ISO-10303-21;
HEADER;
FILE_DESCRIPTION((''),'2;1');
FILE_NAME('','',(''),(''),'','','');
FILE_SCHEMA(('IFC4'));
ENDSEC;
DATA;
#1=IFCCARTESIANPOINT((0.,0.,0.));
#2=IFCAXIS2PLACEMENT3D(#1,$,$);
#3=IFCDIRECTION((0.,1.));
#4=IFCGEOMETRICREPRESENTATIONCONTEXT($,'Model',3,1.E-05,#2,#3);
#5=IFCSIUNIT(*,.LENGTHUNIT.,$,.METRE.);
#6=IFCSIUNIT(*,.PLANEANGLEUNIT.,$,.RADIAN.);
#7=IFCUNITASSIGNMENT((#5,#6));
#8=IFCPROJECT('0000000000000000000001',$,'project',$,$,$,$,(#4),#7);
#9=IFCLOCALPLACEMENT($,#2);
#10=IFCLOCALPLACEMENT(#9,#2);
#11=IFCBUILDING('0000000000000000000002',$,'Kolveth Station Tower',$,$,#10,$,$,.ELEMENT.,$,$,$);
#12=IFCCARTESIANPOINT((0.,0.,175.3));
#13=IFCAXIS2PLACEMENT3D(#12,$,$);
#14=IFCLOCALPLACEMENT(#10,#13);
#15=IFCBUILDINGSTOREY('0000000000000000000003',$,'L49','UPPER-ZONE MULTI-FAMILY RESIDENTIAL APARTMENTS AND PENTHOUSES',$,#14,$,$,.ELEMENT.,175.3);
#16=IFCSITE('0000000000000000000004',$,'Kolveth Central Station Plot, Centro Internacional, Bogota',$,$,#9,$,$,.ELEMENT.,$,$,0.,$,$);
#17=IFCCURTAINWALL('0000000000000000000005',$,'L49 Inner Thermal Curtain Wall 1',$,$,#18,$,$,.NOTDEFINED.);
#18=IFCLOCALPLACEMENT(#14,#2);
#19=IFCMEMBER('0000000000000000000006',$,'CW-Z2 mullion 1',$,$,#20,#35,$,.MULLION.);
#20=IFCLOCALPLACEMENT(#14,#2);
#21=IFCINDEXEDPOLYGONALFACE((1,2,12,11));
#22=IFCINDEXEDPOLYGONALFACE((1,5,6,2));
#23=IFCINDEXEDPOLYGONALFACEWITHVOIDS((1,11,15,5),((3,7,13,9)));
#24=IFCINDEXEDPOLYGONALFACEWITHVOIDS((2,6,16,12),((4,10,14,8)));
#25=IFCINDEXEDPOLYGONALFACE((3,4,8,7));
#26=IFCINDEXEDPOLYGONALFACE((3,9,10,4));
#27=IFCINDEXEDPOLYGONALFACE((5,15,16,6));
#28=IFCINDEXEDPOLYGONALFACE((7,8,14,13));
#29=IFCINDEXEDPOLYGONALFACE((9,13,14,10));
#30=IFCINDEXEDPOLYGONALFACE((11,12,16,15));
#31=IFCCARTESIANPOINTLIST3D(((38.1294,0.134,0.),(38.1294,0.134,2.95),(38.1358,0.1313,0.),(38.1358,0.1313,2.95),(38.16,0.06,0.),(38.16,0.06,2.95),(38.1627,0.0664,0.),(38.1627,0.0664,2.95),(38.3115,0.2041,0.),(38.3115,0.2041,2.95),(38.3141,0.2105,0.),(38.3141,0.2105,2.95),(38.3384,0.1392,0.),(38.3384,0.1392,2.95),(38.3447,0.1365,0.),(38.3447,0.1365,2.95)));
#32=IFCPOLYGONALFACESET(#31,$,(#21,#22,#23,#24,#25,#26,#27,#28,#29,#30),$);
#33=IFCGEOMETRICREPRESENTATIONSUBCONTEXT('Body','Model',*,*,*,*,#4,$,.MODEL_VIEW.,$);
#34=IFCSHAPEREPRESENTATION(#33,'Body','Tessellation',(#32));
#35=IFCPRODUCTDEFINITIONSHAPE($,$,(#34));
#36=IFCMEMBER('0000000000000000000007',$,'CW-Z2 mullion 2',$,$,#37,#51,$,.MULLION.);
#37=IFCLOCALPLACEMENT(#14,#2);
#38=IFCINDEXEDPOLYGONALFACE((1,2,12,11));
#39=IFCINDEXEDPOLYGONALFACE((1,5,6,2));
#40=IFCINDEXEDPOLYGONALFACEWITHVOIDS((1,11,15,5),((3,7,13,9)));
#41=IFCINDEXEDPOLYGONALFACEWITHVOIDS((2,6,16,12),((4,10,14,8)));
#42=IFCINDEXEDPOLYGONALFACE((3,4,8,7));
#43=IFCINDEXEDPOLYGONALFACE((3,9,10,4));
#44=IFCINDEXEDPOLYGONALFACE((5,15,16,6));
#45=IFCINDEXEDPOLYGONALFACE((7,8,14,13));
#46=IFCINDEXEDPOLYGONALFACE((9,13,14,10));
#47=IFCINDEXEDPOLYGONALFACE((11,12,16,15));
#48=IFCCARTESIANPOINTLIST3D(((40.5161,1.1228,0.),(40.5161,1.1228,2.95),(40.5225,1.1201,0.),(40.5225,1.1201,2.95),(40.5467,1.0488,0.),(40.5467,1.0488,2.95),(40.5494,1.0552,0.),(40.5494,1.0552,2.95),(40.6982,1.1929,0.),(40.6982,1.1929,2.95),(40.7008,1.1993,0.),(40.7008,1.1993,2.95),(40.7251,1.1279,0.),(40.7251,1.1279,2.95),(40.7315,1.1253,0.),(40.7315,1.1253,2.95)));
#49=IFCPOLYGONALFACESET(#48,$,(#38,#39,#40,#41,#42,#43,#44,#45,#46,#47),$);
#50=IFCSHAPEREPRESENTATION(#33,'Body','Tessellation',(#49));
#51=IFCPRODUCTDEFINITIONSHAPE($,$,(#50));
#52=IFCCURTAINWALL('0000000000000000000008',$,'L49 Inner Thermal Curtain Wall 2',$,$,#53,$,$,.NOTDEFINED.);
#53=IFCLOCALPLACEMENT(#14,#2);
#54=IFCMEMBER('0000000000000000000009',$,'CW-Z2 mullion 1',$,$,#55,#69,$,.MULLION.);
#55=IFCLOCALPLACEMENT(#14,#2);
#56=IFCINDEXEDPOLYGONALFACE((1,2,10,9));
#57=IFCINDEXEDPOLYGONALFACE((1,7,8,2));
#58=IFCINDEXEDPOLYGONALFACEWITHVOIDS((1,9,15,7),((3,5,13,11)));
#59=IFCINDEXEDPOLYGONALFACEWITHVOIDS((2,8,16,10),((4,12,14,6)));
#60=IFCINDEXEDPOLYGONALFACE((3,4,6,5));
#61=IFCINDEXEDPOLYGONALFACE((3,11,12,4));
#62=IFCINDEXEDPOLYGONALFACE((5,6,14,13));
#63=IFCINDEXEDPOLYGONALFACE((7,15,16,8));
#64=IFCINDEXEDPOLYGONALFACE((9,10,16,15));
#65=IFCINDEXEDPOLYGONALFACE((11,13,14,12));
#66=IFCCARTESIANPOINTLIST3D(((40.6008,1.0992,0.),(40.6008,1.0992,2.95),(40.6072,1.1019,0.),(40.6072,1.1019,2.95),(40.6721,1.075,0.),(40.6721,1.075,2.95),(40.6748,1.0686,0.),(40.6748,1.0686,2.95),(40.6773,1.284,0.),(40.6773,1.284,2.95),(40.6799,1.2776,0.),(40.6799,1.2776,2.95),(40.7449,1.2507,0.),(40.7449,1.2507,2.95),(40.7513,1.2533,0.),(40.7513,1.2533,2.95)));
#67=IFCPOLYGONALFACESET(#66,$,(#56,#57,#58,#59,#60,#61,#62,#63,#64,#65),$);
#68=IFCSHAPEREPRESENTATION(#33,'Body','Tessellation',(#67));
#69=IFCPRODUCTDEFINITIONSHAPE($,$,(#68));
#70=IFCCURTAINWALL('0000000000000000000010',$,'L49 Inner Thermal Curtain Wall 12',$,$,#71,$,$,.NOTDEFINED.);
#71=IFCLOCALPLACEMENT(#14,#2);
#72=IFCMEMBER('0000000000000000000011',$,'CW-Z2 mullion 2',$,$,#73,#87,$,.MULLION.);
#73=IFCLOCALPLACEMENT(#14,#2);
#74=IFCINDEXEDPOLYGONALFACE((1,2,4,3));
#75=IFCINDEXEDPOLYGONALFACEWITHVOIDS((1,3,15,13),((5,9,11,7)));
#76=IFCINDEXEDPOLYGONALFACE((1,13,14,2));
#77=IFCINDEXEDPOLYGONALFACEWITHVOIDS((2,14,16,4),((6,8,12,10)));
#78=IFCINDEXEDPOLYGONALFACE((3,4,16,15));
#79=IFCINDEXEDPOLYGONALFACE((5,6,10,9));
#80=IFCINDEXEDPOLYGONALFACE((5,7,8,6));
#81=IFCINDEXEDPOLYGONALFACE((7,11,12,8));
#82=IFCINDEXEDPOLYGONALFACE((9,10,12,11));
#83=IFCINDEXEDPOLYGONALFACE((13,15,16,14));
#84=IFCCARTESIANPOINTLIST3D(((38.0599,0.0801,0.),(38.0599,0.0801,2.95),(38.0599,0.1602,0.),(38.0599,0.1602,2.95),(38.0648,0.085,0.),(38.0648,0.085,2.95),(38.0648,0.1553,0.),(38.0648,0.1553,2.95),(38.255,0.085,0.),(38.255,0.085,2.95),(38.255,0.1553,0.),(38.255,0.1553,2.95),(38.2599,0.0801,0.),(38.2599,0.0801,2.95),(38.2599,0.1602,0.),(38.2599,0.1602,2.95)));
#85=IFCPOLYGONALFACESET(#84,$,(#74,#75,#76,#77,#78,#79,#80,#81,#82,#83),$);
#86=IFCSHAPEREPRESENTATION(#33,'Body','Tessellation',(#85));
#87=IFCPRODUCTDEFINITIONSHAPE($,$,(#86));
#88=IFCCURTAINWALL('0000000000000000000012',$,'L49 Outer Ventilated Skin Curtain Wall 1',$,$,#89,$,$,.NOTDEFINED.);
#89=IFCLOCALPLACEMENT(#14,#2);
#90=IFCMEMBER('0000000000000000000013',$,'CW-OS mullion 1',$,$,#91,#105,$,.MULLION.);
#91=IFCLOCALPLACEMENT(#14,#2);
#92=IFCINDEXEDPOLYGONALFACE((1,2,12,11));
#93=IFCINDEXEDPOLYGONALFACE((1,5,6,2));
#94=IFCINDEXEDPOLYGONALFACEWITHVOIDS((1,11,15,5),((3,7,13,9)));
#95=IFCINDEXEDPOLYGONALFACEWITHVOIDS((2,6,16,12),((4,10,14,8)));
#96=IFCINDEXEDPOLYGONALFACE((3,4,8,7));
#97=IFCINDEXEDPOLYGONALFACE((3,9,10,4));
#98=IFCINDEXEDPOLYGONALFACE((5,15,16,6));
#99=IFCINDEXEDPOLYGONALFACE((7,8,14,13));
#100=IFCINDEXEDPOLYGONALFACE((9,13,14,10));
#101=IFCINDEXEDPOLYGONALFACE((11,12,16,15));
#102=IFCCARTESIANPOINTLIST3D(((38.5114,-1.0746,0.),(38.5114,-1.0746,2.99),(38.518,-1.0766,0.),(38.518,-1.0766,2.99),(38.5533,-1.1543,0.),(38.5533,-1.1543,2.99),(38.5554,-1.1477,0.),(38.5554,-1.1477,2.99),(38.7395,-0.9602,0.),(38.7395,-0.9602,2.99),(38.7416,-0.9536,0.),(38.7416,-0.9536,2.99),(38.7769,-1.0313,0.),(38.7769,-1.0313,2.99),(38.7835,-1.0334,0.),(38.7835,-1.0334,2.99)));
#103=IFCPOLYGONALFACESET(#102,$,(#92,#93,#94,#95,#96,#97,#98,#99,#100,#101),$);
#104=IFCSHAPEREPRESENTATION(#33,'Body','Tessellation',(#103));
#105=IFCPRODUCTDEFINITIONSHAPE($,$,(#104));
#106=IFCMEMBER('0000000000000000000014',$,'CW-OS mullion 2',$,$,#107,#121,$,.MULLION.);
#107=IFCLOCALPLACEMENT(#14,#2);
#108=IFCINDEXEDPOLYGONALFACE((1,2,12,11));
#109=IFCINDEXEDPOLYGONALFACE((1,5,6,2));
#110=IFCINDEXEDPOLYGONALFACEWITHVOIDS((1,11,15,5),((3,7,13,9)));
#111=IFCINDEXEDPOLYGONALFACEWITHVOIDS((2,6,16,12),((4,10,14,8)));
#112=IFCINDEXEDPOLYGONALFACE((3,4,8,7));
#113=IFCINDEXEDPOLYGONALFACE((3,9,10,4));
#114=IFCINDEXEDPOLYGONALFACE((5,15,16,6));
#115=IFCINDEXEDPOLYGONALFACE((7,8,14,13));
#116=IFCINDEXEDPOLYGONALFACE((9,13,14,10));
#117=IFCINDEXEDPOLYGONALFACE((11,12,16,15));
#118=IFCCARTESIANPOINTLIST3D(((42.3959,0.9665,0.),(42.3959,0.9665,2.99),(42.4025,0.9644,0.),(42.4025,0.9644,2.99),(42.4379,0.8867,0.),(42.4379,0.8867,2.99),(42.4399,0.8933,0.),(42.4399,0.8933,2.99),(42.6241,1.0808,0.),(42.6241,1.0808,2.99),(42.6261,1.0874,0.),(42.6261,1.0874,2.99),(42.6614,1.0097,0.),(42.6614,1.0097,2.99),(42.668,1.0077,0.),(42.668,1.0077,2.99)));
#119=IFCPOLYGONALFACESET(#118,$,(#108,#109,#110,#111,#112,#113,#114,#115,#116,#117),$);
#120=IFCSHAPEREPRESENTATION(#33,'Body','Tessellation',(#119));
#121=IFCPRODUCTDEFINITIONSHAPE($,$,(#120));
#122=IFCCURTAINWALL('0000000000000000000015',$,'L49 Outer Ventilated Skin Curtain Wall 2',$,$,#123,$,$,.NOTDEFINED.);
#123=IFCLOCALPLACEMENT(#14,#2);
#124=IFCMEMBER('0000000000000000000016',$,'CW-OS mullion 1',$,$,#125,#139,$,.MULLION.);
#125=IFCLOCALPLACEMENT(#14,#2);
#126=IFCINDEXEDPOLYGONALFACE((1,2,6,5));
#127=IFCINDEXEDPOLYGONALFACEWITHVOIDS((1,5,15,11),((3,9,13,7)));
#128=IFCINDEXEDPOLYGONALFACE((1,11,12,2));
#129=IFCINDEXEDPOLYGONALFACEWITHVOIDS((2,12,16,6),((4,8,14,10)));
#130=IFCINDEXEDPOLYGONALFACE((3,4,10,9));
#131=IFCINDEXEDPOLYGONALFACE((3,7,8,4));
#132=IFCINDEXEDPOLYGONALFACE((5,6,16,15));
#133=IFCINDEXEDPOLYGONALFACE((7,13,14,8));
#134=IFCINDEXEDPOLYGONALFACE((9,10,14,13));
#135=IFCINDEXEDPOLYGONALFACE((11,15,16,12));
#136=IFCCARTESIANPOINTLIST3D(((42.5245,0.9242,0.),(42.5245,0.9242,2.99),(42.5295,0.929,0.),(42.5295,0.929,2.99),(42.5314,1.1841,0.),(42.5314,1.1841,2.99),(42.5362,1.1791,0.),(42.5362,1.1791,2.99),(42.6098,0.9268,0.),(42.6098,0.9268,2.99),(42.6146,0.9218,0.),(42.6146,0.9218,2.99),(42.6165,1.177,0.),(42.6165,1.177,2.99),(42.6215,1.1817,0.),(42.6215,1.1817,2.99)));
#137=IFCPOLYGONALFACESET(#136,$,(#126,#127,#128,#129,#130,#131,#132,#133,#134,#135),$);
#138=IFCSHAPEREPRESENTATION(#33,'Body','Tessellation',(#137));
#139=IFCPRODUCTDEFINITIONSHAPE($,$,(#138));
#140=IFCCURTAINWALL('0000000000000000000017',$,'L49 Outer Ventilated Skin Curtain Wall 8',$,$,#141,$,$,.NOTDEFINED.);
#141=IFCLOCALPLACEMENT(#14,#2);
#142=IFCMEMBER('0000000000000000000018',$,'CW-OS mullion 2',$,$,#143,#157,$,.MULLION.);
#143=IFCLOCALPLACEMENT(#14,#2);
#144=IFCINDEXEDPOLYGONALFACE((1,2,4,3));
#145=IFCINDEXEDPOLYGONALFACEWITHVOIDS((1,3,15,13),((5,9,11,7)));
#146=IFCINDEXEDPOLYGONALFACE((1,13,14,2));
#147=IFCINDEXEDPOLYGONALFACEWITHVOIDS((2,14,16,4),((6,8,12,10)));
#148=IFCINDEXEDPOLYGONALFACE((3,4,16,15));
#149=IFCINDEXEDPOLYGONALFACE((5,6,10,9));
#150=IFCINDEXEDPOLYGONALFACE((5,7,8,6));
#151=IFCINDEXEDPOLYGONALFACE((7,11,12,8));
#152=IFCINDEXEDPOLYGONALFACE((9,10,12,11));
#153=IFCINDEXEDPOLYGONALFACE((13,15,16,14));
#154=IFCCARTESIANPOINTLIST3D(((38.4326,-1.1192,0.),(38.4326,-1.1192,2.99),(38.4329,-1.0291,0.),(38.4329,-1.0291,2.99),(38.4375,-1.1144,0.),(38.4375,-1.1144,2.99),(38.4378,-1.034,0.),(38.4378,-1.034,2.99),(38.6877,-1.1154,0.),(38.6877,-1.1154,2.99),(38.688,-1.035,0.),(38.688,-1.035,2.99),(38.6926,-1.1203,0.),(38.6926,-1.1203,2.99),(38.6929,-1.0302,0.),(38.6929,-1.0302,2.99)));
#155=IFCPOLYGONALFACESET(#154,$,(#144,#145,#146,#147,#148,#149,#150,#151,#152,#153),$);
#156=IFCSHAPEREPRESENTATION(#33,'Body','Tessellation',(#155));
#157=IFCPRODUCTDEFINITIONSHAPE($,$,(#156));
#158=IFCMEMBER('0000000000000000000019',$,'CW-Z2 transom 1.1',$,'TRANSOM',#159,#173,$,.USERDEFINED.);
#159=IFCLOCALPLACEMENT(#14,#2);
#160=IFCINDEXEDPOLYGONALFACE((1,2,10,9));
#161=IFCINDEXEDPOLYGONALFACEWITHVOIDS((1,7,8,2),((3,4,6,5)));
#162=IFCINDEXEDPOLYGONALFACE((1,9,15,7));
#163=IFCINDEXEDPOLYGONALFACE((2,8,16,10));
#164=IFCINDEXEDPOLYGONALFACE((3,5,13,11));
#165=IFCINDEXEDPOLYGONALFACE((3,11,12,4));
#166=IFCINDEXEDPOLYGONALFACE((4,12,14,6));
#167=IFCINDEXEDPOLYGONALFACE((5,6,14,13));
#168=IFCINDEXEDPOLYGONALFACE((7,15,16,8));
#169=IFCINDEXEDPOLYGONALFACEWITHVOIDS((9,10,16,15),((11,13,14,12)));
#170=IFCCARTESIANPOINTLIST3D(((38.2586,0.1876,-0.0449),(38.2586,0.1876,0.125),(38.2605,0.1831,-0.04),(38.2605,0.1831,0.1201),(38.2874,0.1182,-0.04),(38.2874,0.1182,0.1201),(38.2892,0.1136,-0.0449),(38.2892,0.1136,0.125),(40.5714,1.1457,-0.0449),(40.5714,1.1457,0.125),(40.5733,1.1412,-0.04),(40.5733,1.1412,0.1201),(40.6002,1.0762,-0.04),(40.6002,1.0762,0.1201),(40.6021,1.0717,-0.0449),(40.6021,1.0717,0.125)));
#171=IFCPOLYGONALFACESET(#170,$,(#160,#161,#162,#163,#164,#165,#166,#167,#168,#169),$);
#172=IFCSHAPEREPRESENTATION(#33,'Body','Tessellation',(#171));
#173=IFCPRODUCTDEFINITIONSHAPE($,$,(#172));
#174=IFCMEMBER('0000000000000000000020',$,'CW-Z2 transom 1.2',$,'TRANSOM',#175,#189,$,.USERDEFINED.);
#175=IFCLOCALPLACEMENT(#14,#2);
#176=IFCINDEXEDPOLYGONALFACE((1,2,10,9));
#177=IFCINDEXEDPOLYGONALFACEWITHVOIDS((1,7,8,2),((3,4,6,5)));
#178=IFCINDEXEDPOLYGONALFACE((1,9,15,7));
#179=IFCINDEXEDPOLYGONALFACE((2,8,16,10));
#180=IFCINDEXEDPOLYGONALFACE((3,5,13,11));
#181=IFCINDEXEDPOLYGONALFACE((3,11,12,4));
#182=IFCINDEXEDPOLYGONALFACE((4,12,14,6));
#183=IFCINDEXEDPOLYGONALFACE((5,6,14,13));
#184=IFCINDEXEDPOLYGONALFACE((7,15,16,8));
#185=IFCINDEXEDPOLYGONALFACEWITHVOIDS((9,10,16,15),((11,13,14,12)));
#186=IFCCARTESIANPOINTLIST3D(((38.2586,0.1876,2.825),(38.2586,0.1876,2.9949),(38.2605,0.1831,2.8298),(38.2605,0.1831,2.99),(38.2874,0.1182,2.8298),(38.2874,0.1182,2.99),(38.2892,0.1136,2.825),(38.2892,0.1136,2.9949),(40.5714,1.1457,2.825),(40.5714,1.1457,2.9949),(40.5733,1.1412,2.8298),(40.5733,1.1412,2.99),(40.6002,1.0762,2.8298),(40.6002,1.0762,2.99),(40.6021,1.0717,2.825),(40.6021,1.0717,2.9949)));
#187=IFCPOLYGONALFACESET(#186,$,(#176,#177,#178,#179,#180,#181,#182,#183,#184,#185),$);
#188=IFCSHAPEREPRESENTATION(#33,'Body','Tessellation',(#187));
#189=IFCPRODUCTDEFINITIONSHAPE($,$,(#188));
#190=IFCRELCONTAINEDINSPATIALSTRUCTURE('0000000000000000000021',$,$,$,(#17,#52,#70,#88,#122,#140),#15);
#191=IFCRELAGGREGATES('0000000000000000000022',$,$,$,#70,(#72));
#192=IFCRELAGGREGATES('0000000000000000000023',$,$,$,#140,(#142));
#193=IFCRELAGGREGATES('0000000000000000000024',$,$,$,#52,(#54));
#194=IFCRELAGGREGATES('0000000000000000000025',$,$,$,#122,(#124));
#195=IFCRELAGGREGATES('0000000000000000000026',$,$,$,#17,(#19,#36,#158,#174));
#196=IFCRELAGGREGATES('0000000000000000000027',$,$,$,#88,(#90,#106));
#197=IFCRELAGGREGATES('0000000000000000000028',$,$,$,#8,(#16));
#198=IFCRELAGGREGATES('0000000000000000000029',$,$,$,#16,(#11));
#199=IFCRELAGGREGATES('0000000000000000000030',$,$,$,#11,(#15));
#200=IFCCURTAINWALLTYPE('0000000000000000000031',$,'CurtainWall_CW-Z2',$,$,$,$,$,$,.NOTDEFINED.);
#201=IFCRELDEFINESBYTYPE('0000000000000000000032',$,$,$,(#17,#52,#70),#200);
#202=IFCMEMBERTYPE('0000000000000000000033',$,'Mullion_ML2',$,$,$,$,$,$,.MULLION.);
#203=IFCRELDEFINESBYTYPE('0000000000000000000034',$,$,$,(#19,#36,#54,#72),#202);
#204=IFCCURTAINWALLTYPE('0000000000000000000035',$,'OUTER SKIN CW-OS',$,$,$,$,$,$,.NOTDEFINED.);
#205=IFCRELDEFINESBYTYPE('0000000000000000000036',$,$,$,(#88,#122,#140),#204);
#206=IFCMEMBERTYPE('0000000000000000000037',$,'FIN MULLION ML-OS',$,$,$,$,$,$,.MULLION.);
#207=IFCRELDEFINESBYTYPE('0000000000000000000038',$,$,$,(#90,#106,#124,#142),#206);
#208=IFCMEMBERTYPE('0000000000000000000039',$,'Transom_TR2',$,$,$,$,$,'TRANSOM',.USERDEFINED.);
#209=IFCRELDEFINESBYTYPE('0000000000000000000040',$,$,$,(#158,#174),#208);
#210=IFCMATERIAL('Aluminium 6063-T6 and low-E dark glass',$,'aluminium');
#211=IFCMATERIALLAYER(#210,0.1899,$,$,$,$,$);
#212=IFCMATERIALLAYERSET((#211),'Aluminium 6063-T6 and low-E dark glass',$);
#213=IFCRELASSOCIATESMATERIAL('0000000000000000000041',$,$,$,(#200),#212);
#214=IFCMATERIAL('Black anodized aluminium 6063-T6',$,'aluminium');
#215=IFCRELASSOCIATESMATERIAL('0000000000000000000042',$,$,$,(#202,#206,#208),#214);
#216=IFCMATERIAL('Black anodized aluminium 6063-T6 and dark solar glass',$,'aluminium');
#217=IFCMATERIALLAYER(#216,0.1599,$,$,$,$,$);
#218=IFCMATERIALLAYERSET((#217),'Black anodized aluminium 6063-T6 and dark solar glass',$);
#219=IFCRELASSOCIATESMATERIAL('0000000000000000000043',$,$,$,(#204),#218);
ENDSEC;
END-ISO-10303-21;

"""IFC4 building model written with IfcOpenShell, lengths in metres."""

from ifc_helpers import new_model, si_unit, direction, frame, origin, origin_2d, place, context, subcontext, project, spatial, hollow_rectangle, extrude, source, transform, mapped, material, layer, layer_set, material_profile, profile_set, type_object, element, aggregate, save


model = new_model("IFC4")

# Units and contexts
model_context = context("Model", 3, precision=1e-05, world=origin(), true_north=direction((0.0, 1.0)))
body_context = subcontext(model_context, "Body", "Model", "MODEL_VIEW")
ifc_project = project(units=[si_unit("LENGTHUNIT", "METRE"), si_unit("PLANEANGLEUNIT", "RADIAN")], contexts=[model_context])

# Site, building, storey
site_placement = place(None, origin())
site = spatial("IfcSite", under=ifc_project, at=site_placement, Name="Kolveth Central Station Plot, Centro Internacional, Bogota", CompositionType="ELEMENT", RefElevation=0.0)
building_placement = place(site_placement, origin())
building = spatial("IfcBuilding", under=site, at=building_placement, Name="Kolveth Station Tower", CompositionType="ELEMENT")
storey_placement = place(building_placement, frame((0.0, 0.0, 175.3)))
storey = spatial("IfcBuildingStorey", under=building, at=storey_placement, Name="L49", Description="UPPER-ZONE MULTI-FAMILY RESIDENTIAL APARTMENTS AND PENTHOUSES", CompositionType="ELEMENT", Elevation=175.3)

# Curtain wall, members
ifc_material_1 = material(Name="Aluminium 6063-T6 and low-E dark glass", Category="aluminium")
ifc_layer_1 = layer(ifc_material_1, 0.1899)
ifc_layer_set_1 = layer_set([ifc_layer_1], Name="Aluminium 6063-T6 and low-E dark glass")
curtain_wall_type_1 = type_object("IfcCurtainWallType", Name="CurtainWall_CW-Z2", PredefinedType="NOTDEFINED", material=ifc_layer_set_1)
curtain_wall_1_placement = place(storey_placement, origin())
curtain_wall_1 = element("IfcCurtainWall", 1, at=curtain_wall_1_placement, inside=storey, type_object=curtain_wall_type_1, Name="L49 Inner Thermal Curtain Wall 1", PredefinedType="NOTDEFINED")
ifc_material_2 = material(Name="Black anodized aluminium 6063-T6", Category="aluminium")
ifc_material_profile_1 = material_profile(ifc_material_2, hollow_rectangle(XDim=0.0801, YDim=0.2, WallThickness=0.0049, at=origin_2d()), Name="ALU-80x200x5")
ifc_profile_set_1 = profile_set([ifc_material_profile_1], Name="Black anodized aluminium 6063-T6")
member_type_1 = type_object("IfcMemberType", Name="Mullion_ML2", PredefinedType="MULLION", material=ifc_profile_set_1)
shared_shape_1 = source(origin(), body_context, "Body", "SweptSolid", [
    extrude(hollow_rectangle(XDim=0.0801, YDim=0.2, WallThickness=0.0049, at=origin_2d()), origin(), (0.0, 0.0, 1.0), 2.95),
])
member_1_placement = place(storey_placement, frame((38.2371, 0.1353, 0.0), z_axis=(0.0, 0.0, 1.0), x_axis=(-0.382698, 0.923874, 0.0)))
member_1 = element("IfcMember", 2, at=member_1_placement, type_object=member_type_1, Name="CW-Z2 mullion 1", PredefinedType="MULLION", context=body_context, shape_type="MappedRepresentation", body=[
    mapped(shared_shape_1, transform((0.0, 0.0, 0.0), x_axis=(1.0, 0.0, 0.0), y_axis=(0.0, 1.0, 0.0), z_axis=(0.0, 0.0, 1.0), scale=1.0)),
])
member_2_placement = place(storey_placement, frame((40.6238, 1.124, 0.0), z_axis=(0.0, 0.0, 1.0), x_axis=(-0.382698, 0.923874, 0.0)))
member_2 = element("IfcMember", 3, at=member_2_placement, type_object=member_type_1, Name="CW-Z2 mullion 2", PredefinedType="MULLION", context=body_context, shape_type="MappedRepresentation", body=[
    mapped(shared_shape_1, transform((0.0, 0.0, 0.0), x_axis=(1.0, 0.0, 0.0), y_axis=(0.0, 1.0, 0.0), z_axis=(0.0, 0.0, 1.0), scale=1.0)),
])

# Curtain walls, members
curtain_wall_2_placement = place(storey_placement, origin())
curtain_wall_2 = element("IfcCurtainWall", 4, at=curtain_wall_2_placement, inside=storey, type_object=curtain_wall_type_1, Name="L49 Inner Thermal Curtain Wall 2", PredefinedType="NOTDEFINED")
member_3_placement = place(storey_placement, frame((40.676, 1.1763, 0.0), z_axis=(0.0, 0.0, 1.0), x_axis=(-0.923874, 0.382698, 0.0)))
member_3 = element("IfcMember", 5, at=member_3_placement, type_object=member_type_1, Name="CW-Z2 mullion 1", PredefinedType="MULLION", context=body_context, shape_type="MappedRepresentation", body=[
    mapped(shared_shape_1, transform((0.0, 0.0, 0.0), x_axis=(1.0, 0.0, 0.0), y_axis=(0.0, 1.0, 0.0), z_axis=(0.0, 0.0, 1.0), scale=1.0)),
])
curtain_wall_3_placement = place(storey_placement, origin())
curtain_wall_3 = element("IfcCurtainWall", 6, at=curtain_wall_3_placement, inside=storey, type_object=curtain_wall_type_1, Name="L49 Inner Thermal Curtain Wall 12", PredefinedType="NOTDEFINED")
member_4_placement = place(storey_placement, frame((38.1599, 0.1201, 0.0), z_axis=(0.0, 0.0, 1.0), x_axis=(0.0, 1.0, 0.0)))
member_4 = element("IfcMember", 7, at=member_4_placement, type_object=member_type_1, Name="CW-Z2 mullion 2", PredefinedType="MULLION", context=body_context, shape_type="MappedRepresentation", body=[
    mapped(shared_shape_1, transform((0.0, 0.0, 0.0), x_axis=(1.0, 0.0, 0.0), y_axis=(0.0, 1.0, 0.0), z_axis=(0.0, 0.0, 1.0), scale=1.0)),
])
aggregate(curtain_wall_3, [member_4])

# Curtain wall, members
ifc_material_3 = material(Name="Black anodized aluminium 6063-T6 and dark solar glass", Category="aluminium")
ifc_layer_2 = layer(ifc_material_3, 0.1599)
ifc_layer_set_2 = layer_set([ifc_layer_2], Name="Black anodized aluminium 6063-T6 and dark solar glass")
curtain_wall_type_2 = type_object("IfcCurtainWallType", Name="OUTER SKIN CW-OS", PredefinedType="NOTDEFINED", material=ifc_layer_set_2)
curtain_wall_4_placement = place(storey_placement, origin())
curtain_wall_4 = element("IfcCurtainWall", 8, at=curtain_wall_4_placement, inside=storey, type_object=curtain_wall_type_2, Name="L49 Outer Ventilated Skin Curtain Wall 1", PredefinedType="NOTDEFINED")
ifc_material_profile_2 = material_profile(ifc_material_2, hollow_rectangle(XDim=0.0901, YDim=0.26, WallThickness=0.0049, at=origin_2d()), Name="ALU-90x260x5")
ifc_profile_set_2 = profile_set([ifc_material_profile_2], Name="Black anodized aluminium 6063-T6")
member_type_2 = type_object("IfcMemberType", Name="FIN MULLION ML-OS", PredefinedType="MULLION", material=ifc_profile_set_2)
shared_shape_2 = source(origin(), body_context, "Body", "SweptSolid", [
    extrude(hollow_rectangle(XDim=0.0901, YDim=0.26, WallThickness=0.0049, at=origin_2d()), origin(), (0.0, 0.0, 1.0), 2.99),
])
member_5_placement = place(storey_placement, frame((38.6475, -1.054, 0.0), z_axis=(0.0, 0.0, 1.0), x_axis=(-0.465149, 0.885232, 0.0)))
member_5 = element("IfcMember", 9, at=member_5_placement, type_object=member_type_2, Name="CW-OS mullion 1", PredefinedType="MULLION", context=body_context, shape_type="MappedRepresentation", body=[
    mapped(shared_shape_2, transform((0.0, 0.0, 0.0), x_axis=(1.0, 0.0, 0.0), y_axis=(0.0, 1.0, 0.0), z_axis=(0.0, 0.0, 1.0), scale=1.0)),
])
member_6_placement = place(storey_placement, frame((42.532, 0.9871, 0.0), z_axis=(0.0, 0.0, 1.0), x_axis=(-0.465149, 0.885232, 0.0)))
member_6 = element("IfcMember", 10, at=member_6_placement, type_object=member_type_2, Name="CW-OS mullion 2", PredefinedType="MULLION", context=body_context, shape_type="MappedRepresentation", body=[
    mapped(shared_shape_2, transform((0.0, 0.0, 0.0), x_axis=(1.0, 0.0, 0.0), y_axis=(0.0, 1.0, 0.0), z_axis=(0.0, 0.0, 1.0), scale=1.0)),
])

# Curtain walls, members
curtain_wall_5_placement = place(storey_placement, origin())
curtain_wall_5 = element("IfcCurtainWall", 11, at=curtain_wall_5_placement, inside=storey, type_object=curtain_wall_type_2, Name="L49 Outer Ventilated Skin Curtain Wall 2", PredefinedType="NOTDEFINED")
member_7_placement = place(storey_placement, frame((42.573, 1.053, 0.0), z_axis=(0.0, 0.0, 1.0), x_axis=(-0.999646, 0.026618, 0.0)))
member_7 = element("IfcMember", 12, at=member_7_placement, type_object=member_type_2, Name="CW-OS mullion 1", PredefinedType="MULLION", context=body_context, shape_type="MappedRepresentation", body=[
    mapped(shared_shape_2, transform((0.0, 0.0, 0.0), x_axis=(1.0, 0.0, 0.0), y_axis=(0.0, 1.0, 0.0), z_axis=(0.0, 0.0, 1.0), scale=1.0)),
])
curtain_wall_6_placement = place(storey_placement, origin())
curtain_wall_6 = element("IfcCurtainWall", 13, at=curtain_wall_6_placement, inside=storey, type_object=curtain_wall_type_2, Name="L49 Outer Ventilated Skin Curtain Wall 8", PredefinedType="NOTDEFINED")
member_8_placement = place(storey_placement, frame((38.5627, -1.0747, 0.0), z_axis=(0.0, 0.0, 1.0), x_axis=(0.003987, 0.999992, 0.0)))
member_8 = element("IfcMember", 14, at=member_8_placement, type_object=member_type_2, Name="CW-OS mullion 2", PredefinedType="MULLION", context=body_context, shape_type="MappedRepresentation", body=[
    mapped(shared_shape_2, transform((0.0, 0.0, 0.0), x_axis=(1.0, 0.0, 0.0), y_axis=(0.0, 1.0, 0.0), z_axis=(0.0, 0.0, 1.0), scale=1.0)),
])
aggregate(curtain_wall_6, [member_8])

# Members
ifc_material_profile_3 = material_profile(ifc_material_2, hollow_rectangle(XDim=0.0801, YDim=0.1699, WallThickness=0.0049, at=origin_2d()), Name="ALU-80x170x5")
ifc_profile_set_3 = profile_set([ifc_material_profile_3], Name="Black anodized aluminium 6063-T6")
member_type_3 = type_object("IfcMemberType", Name="Transom_TR2", ElementType="TRANSOM", PredefinedType="USERDEFINED", material=ifc_profile_set_3)
shared_shape_3 = source(origin(), body_context, "Body", "SweptSolid", [
    extrude(hollow_rectangle(XDim=0.0801, YDim=0.1699, WallThickness=0.0049, at=origin_2d()), origin(), (0.0, 0.0, 1.0), 2.5034),
])
member_9_placement = place(storey_placement, frame((38.2739, 0.1506, 0.04), z_axis=(0.923874, 0.382696, 0.0), x_axis=(-0.382696, 0.923874, 0.0)))
member_9 = element("IfcMember", 15, at=member_9_placement, type_object=member_type_3, Name="CW-Z2 transom 1.1", ObjectType="TRANSOM", PredefinedType="USERDEFINED", context=body_context, shape_type="MappedRepresentation", body=[
    mapped(shared_shape_3, transform((0.0, 0.0, 0.0), x_axis=(1.0, 0.0, 0.0), y_axis=(0.0, 1.0, 0.0), z_axis=(0.0, 0.0, 1.0), scale=1.0)),
])
member_10_placement = place(storey_placement, frame((38.2739, 0.1506, 2.9099), z_axis=(0.923874, 0.382696, 0.0), x_axis=(-0.382696, 0.923874, 0.0)))
member_10 = element("IfcMember", 16, at=member_10_placement, type_object=member_type_3, Name="CW-Z2 transom 1.2", ObjectType="TRANSOM", PredefinedType="USERDEFINED", context=body_context, shape_type="MappedRepresentation", body=[
    mapped(shared_shape_3, transform((0.0, 0.0, 0.0), x_axis=(1.0, 0.0, 0.0), y_axis=(0.0, 1.0, 0.0), z_axis=(0.0, 0.0, 1.0), scale=1.0)),
])
aggregate(curtain_wall_2, [member_3])
aggregate(curtain_wall_5, [member_7])

aggregate(curtain_wall_1, [member_1, member_2, member_9, member_10])
aggregate(curtain_wall_4, [member_5, member_6])

save(model, "model.ifc")
